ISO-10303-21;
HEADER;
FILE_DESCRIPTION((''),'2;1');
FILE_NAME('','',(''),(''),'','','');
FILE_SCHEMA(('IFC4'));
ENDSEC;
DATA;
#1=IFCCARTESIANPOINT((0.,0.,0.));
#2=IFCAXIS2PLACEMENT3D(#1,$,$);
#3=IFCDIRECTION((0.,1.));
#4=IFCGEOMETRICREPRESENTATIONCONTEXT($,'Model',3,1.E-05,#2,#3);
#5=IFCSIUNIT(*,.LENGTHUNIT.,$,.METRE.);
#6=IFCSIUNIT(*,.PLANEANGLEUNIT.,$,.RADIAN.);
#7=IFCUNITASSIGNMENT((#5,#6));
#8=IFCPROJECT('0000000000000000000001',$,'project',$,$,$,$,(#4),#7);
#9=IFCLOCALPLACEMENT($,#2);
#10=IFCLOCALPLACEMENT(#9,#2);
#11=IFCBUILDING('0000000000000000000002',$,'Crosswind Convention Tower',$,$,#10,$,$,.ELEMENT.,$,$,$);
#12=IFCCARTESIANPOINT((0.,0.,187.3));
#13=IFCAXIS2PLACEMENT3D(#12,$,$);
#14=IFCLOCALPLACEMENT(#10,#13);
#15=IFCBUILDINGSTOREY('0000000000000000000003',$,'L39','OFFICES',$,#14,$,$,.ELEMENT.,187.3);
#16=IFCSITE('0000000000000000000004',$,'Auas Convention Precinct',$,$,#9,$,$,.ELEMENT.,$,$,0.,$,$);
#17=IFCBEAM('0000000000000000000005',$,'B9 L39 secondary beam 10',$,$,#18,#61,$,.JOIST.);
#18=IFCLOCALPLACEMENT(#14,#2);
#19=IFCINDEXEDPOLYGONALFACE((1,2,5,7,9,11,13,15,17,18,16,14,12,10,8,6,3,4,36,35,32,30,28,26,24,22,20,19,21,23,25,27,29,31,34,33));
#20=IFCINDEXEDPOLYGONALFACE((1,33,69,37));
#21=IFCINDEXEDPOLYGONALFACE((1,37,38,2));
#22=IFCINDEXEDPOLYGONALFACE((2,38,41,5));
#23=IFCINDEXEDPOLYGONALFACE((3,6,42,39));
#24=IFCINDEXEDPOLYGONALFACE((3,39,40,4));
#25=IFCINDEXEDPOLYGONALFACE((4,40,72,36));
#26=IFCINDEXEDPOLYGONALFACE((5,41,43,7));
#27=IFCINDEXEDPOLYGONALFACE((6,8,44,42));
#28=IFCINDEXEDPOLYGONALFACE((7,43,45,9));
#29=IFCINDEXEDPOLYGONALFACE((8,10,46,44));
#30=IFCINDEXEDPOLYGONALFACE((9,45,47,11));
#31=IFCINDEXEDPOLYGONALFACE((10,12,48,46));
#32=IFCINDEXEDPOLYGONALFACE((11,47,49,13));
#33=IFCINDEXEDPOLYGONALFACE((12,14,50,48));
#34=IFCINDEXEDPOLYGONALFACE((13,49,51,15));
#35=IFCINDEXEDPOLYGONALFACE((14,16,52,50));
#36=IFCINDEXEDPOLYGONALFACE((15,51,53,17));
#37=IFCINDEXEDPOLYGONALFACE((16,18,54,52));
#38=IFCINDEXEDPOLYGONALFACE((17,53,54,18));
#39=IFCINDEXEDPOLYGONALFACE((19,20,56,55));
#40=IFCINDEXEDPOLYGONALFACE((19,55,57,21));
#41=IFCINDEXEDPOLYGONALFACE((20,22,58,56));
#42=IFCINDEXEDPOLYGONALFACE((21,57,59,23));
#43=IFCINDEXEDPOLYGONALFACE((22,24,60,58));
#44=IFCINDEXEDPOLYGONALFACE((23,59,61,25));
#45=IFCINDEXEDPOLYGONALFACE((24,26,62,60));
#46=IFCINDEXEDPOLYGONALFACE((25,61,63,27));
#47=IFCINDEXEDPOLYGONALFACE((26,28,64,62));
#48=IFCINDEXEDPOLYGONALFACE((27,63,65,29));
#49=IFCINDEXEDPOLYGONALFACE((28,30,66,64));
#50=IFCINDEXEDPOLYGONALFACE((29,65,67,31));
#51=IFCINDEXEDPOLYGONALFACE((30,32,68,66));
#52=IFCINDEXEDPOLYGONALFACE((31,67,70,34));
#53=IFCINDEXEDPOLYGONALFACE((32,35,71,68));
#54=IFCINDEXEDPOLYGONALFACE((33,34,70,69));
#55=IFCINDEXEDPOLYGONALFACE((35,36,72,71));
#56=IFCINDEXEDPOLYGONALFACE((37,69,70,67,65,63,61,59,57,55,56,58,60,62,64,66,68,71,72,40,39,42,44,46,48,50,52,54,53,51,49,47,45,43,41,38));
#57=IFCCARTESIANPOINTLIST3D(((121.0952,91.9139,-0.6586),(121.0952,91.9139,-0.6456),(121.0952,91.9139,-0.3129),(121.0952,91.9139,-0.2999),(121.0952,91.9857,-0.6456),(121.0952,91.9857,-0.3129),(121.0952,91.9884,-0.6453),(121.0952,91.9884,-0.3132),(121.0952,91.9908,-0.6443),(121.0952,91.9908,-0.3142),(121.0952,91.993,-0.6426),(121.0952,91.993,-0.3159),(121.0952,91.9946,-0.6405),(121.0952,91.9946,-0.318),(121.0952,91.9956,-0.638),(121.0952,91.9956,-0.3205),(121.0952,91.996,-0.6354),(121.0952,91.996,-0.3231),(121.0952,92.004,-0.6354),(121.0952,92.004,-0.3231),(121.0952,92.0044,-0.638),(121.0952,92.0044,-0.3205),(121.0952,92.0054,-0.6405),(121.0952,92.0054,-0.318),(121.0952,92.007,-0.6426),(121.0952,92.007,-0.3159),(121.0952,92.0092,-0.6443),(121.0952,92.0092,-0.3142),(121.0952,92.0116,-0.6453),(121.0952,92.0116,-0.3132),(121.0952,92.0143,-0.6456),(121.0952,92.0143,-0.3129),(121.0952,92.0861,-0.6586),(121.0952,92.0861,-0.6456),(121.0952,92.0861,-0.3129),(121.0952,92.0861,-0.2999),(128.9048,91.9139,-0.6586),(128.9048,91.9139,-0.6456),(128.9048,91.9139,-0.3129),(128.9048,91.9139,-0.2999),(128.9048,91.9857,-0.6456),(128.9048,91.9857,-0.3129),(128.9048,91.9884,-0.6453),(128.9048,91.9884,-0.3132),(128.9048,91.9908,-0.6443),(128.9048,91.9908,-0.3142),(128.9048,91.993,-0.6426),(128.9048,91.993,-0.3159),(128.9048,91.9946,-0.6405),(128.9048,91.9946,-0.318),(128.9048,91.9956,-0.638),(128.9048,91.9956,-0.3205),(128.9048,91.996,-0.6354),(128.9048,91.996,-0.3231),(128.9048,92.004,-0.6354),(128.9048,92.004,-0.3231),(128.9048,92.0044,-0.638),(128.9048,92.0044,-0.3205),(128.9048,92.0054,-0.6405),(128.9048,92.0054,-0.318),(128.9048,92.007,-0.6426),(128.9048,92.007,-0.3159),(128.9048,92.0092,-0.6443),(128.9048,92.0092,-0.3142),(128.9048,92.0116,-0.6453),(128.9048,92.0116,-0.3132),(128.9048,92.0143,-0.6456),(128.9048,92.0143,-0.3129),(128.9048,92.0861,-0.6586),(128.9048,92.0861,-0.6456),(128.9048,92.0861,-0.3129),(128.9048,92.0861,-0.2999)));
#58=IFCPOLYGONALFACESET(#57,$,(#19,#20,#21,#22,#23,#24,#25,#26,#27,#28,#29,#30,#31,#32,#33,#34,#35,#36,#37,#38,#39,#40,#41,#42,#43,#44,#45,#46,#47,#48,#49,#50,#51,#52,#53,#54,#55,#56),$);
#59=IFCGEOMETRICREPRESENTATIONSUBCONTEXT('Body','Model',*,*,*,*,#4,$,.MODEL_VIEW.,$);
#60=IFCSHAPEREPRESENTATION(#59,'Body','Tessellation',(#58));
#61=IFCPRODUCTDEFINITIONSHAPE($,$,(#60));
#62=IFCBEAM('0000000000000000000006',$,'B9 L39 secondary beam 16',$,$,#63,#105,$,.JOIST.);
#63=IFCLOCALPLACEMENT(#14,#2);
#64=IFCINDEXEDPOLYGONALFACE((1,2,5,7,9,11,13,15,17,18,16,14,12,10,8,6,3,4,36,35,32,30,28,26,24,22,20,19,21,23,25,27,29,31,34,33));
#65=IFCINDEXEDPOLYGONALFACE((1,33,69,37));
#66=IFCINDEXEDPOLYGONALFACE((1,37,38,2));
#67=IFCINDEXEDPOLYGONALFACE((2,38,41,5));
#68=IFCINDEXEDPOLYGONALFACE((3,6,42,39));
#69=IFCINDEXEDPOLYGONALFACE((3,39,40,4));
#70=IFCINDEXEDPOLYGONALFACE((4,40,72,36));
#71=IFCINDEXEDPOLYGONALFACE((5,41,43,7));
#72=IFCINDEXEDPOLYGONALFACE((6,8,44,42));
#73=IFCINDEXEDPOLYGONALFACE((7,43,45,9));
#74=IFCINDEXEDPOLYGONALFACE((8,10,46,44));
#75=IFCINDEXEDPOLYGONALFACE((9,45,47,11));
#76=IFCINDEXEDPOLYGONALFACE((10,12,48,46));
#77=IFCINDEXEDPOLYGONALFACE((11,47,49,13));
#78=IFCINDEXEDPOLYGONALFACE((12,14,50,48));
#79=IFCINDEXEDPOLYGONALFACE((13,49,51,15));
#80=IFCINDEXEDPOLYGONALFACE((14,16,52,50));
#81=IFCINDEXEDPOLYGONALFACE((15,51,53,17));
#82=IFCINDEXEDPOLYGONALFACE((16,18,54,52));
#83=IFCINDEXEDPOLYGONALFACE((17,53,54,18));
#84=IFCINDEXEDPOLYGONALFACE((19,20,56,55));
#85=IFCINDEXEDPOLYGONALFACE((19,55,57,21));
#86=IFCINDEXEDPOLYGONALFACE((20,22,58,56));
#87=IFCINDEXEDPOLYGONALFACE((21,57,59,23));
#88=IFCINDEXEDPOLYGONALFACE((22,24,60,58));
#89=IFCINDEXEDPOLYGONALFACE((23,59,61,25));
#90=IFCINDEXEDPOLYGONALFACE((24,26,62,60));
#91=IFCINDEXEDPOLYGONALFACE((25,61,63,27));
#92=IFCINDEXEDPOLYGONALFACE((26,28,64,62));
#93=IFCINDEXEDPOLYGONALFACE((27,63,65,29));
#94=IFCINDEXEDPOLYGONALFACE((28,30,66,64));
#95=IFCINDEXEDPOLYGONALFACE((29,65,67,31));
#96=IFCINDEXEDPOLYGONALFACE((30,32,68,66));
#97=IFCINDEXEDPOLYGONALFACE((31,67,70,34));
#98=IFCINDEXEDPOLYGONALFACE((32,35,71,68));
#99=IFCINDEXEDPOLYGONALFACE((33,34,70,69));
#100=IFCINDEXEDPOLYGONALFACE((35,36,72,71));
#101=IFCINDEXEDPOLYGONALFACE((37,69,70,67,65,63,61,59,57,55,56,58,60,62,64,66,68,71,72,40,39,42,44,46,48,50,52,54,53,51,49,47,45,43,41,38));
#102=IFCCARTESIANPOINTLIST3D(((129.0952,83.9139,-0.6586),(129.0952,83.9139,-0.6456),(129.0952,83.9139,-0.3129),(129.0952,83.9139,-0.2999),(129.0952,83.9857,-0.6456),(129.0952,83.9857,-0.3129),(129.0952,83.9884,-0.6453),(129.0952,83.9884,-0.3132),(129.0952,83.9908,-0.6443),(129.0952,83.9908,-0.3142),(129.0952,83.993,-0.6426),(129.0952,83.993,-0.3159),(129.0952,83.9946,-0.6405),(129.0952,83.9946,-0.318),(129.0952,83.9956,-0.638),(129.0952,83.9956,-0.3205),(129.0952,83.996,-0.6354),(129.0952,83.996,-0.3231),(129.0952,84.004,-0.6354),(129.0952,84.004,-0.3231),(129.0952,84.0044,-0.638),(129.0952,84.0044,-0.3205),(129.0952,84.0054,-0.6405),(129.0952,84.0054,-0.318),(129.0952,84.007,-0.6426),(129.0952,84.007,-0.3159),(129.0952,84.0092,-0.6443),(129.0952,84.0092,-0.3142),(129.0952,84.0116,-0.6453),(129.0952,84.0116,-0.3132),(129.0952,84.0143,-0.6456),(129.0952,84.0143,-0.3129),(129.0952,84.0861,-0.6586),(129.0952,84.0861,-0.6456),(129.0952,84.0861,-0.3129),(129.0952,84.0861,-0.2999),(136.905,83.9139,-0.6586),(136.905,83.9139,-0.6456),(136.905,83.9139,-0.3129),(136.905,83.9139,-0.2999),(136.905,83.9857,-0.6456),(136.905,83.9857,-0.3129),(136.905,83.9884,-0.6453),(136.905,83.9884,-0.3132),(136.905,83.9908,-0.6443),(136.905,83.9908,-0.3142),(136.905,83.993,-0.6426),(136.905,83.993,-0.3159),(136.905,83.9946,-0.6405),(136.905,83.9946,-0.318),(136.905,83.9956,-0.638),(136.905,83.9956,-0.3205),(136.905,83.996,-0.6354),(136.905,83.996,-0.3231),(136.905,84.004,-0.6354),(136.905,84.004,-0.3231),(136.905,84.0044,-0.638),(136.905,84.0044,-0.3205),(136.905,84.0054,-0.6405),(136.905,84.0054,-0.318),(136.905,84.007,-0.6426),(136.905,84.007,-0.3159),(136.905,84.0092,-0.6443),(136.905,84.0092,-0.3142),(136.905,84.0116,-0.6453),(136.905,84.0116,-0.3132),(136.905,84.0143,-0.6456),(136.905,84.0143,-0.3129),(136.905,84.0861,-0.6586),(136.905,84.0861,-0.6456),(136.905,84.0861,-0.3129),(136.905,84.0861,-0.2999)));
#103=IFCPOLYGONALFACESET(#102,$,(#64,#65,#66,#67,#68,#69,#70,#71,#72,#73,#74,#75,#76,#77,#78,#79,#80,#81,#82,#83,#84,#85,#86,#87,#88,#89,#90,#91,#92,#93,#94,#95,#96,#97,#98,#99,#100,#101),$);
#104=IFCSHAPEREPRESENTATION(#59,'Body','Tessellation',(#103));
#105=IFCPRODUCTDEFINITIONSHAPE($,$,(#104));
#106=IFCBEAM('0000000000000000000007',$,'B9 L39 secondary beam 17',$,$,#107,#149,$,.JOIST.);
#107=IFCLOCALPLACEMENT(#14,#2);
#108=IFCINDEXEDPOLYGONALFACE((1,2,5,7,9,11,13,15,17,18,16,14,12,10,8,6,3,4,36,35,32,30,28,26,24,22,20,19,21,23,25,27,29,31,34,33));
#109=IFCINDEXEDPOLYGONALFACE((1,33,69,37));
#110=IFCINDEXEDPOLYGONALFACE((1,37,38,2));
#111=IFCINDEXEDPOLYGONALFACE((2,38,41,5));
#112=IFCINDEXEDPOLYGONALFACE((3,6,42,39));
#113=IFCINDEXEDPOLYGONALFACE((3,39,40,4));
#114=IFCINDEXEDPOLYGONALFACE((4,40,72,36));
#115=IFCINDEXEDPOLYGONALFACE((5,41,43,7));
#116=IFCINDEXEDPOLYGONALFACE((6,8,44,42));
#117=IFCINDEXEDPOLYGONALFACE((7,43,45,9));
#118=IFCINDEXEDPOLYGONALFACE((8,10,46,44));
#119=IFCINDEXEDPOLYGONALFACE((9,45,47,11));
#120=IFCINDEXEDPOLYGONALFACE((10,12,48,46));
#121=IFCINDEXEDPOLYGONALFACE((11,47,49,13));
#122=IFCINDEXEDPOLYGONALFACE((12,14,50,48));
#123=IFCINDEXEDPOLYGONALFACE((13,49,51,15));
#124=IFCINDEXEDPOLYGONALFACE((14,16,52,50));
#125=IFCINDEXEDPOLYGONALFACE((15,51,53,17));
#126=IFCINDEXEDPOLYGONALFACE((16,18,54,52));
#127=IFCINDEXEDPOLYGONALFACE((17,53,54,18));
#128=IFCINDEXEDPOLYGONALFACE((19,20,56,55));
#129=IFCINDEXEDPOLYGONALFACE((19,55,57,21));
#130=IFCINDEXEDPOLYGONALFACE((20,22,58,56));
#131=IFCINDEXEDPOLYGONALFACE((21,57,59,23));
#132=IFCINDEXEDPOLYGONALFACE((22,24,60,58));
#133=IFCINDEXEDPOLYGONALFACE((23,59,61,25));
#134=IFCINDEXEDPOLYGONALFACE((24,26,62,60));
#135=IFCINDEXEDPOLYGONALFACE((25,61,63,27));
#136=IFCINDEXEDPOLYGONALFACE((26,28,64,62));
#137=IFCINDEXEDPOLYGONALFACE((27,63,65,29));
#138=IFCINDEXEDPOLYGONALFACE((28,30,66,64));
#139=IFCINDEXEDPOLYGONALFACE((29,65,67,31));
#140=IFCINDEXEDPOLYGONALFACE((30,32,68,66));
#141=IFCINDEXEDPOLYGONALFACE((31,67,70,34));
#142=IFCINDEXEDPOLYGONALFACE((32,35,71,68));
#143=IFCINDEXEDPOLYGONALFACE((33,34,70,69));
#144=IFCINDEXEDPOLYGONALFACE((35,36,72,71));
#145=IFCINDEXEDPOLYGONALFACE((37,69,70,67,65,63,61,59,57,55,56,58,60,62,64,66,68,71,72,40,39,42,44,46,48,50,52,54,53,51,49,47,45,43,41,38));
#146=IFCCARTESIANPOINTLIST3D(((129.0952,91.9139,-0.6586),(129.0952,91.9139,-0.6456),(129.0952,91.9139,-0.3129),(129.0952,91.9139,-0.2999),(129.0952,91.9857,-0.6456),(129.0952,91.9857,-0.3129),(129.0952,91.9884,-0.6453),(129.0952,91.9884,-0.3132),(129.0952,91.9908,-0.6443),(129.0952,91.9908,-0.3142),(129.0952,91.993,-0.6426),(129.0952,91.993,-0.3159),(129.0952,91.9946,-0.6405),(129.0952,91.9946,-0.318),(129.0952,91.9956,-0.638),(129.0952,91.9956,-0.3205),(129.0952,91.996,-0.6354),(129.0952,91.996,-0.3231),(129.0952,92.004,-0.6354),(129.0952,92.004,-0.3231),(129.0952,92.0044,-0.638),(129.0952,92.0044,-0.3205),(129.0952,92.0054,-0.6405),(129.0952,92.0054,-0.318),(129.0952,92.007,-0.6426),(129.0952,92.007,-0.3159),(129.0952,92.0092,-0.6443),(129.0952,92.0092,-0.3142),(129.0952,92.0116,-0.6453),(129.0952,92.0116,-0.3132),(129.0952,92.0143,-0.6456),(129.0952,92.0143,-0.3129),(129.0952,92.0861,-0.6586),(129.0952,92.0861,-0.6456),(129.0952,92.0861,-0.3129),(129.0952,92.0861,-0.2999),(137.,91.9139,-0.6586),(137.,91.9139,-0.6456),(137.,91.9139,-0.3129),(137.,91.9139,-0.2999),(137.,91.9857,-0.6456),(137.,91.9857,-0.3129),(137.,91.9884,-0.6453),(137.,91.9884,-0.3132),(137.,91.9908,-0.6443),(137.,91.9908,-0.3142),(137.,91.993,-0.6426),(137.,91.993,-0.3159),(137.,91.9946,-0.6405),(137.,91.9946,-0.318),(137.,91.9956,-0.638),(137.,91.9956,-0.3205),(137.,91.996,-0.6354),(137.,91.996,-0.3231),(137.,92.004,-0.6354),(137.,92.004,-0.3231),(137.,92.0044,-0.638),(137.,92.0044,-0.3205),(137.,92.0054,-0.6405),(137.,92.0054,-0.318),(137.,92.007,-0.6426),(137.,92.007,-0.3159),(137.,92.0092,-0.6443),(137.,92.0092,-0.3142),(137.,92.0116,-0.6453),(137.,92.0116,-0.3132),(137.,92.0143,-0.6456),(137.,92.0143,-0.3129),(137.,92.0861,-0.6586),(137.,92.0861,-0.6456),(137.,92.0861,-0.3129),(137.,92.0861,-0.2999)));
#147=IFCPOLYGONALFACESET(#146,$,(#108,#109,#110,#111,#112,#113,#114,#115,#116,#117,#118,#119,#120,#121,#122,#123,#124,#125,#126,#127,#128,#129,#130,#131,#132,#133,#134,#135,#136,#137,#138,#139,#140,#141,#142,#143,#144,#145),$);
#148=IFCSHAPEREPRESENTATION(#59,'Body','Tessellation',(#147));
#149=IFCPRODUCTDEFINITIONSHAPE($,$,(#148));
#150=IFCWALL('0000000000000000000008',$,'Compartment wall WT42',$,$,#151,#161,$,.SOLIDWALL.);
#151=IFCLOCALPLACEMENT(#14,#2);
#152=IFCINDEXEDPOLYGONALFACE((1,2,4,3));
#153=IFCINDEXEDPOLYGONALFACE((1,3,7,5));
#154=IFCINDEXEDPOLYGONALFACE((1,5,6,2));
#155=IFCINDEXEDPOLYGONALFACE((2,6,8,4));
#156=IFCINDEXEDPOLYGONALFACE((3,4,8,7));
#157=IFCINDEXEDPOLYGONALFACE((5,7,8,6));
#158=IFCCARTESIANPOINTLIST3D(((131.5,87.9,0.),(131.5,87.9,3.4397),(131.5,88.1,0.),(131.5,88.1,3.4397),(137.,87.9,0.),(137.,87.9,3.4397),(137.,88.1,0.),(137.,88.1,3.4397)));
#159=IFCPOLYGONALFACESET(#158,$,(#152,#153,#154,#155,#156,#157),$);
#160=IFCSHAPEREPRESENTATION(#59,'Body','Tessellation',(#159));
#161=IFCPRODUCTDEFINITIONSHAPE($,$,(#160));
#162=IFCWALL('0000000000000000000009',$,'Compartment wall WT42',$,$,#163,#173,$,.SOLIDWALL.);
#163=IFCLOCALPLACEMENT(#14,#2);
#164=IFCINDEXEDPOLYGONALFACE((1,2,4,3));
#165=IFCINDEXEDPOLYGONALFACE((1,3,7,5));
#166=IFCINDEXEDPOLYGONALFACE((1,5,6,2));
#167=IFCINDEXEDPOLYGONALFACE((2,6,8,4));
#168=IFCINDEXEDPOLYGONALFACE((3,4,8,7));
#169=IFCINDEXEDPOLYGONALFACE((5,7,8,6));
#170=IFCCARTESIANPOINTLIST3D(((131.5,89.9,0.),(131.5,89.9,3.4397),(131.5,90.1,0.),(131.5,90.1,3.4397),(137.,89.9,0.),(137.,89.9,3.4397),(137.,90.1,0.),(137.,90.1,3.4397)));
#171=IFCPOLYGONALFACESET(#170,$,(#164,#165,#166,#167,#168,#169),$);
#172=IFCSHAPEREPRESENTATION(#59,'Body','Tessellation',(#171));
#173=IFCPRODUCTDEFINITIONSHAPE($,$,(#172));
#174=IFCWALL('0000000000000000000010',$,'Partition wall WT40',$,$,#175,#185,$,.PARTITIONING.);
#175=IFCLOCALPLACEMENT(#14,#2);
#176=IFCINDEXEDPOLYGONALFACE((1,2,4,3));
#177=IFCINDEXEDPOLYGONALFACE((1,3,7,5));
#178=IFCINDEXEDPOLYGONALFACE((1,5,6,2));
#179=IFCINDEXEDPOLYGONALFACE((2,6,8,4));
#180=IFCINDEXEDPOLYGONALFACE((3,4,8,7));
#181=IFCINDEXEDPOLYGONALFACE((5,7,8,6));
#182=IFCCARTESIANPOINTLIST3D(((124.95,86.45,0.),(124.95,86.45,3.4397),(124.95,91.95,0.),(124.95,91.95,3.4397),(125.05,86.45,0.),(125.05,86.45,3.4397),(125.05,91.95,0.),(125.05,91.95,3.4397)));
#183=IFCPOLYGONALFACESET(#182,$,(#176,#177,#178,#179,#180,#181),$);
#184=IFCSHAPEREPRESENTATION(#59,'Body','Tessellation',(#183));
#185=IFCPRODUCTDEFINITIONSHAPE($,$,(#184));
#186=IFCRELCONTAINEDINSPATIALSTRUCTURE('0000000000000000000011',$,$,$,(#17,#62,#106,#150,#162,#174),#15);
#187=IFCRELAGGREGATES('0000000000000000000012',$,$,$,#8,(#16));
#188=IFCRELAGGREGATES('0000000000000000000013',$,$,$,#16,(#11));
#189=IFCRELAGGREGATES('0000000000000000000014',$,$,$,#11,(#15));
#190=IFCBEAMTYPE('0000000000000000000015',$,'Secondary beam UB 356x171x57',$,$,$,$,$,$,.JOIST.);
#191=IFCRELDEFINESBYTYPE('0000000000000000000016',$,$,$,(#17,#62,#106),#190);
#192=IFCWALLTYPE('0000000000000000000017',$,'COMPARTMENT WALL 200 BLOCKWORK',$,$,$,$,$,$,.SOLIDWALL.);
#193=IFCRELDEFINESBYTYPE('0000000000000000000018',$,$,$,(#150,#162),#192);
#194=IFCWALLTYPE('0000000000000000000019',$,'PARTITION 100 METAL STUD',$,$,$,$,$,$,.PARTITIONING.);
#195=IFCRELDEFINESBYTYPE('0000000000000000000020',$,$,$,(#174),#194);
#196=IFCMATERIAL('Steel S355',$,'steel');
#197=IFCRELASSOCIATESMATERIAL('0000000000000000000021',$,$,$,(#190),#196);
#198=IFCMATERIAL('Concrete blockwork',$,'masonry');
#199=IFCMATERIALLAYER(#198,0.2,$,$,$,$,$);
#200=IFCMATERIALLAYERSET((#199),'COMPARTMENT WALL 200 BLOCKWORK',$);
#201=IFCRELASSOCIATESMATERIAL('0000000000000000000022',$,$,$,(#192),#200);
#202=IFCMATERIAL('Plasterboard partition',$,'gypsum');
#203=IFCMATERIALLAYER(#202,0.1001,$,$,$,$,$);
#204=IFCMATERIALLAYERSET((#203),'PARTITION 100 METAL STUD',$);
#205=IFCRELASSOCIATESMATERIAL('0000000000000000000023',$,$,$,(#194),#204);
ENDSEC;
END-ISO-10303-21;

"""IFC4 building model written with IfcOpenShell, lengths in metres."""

from ifc_helpers import new_model, si_unit, direction, frame, frame_2d, origin, origin_2d, place, context, subcontext, project, spatial, rectangle, i_section, extrude, material, layer, layer_set, material_profile, profile_set, type_object, element, save


model = new_model("IFC4")

# Units and contexts
model_context = context("Model", 3, precision=1e-05, world=origin(), true_north=direction((0.0, 1.0)))
body_context = subcontext(model_context, "Body", "Model", "MODEL_VIEW")
ifc_project = project(units=[si_unit("LENGTHUNIT", "METRE"), si_unit("PLANEANGLEUNIT", "RADIAN")], contexts=[model_context])

# Site, building, storey
site_placement = place(None, origin())
site = spatial("IfcSite", under=ifc_project, at=site_placement, Name="Auas Convention Precinct", CompositionType="ELEMENT", RefElevation=0.0)
building_placement = place(site_placement, origin())
building = spatial("IfcBuilding", under=site, at=building_placement, Name="Crosswind Convention Tower", CompositionType="ELEMENT")
storey_placement = place(building_placement, frame((0.0, 0.0, 187.3)))
storey = spatial("IfcBuildingStorey", under=building, at=storey_placement, Name="L39", Description="OFFICES", CompositionType="ELEMENT", Elevation=187.3)

# Beams
ifc_material_1 = material(Name="Steel S355", Category="steel")
ifc_material_profile_1 = material_profile(ifc_material_1, i_section(OverallWidth=0.1721, OverallDepth=0.3586, WebThickness=0.0081, FlangeThickness=0.0129, FilletRadius=0.0103, at=origin_2d()), Name="UB 356x171x57")
ifc_profile_set_1 = profile_set([ifc_material_profile_1], Name="Steel S355")
beam_type_1 = type_object("IfcBeamType", Name="Secondary beam UB 356x171x57", PredefinedType="JOIST", material=ifc_profile_set_1)
for number, where, z_axis, x_axis, name in (
    (1, (121.0952, 92.0, -0.4792), (1.0, 0.0, 0.0), (0.0, 1.0, 0.0), "B9 L39 secondary beam 10"),
):
    element("IfcBeam", number, at=place(storey_placement, frame(where, z_axis=z_axis, x_axis=x_axis)), inside=storey, type_object=beam_type_1, Name=name, PredefinedType="JOIST", context=body_context, shape_type="SweptSolid", body=[
        extrude(i_section(OverallWidth=0.1721, OverallDepth=0.3586, WebThickness=0.0081, FlangeThickness=0.0129, FilletRadius=0.0103, at=origin_2d()), origin(), (0.0, 0.0, 1.0), 7.8096),
    ])
beam_1_placement = place(storey_placement, frame((129.0952, 84.0, -0.4792), z_axis=(1.0, 0.0, 0.0), x_axis=(0.0, 1.0, 0.0)))
element("IfcBeam", 2, at=beam_1_placement, inside=storey, type_object=beam_type_1, Name="B9 L39 secondary beam 16", PredefinedType="JOIST", context=body_context, shape_type="SweptSolid", body=[
    extrude(i_section(OverallWidth=0.1721, OverallDepth=0.3586, WebThickness=0.0081, FlangeThickness=0.0129, FilletRadius=0.0103, at=origin_2d()), origin(), (0.0, 0.0, 1.0), 7.8098),
])
beam_2_placement = place(storey_placement, frame((129.0952, 92.0, -0.4792), z_axis=(1.0, 0.0, 0.0), x_axis=(0.0, 1.0, 0.0)))
element("IfcBeam", 3, at=beam_2_placement, inside=storey, type_object=beam_type_1, Name="B9 L39 secondary beam 17", PredefinedType="JOIST", context=body_context, shape_type="SweptSolid", body=[
    extrude(i_section(OverallWidth=0.1721, OverallDepth=0.3586, WebThickness=0.0081, FlangeThickness=0.0129, FilletRadius=0.0103, at=origin_2d()), origin(), (0.0, 0.0, 1.0), 7.9048),
])

# Walls
ifc_material_2 = material(Name="Concrete blockwork", Category="masonry")
ifc_layer_1 = layer(ifc_material_2, 0.2)
ifc_layer_set_1 = layer_set([ifc_layer_1], Name="COMPARTMENT WALL 200 BLOCKWORK")
wall_type_1 = type_object("IfcWallType", Name="COMPARTMENT WALL 200 BLOCKWORK", PredefinedType="SOLIDWALL", material=ifc_layer_set_1)
for number, where, z_axis, x_axis, name in (
    (4, (131.5, 88.0, 0.0), (0.0, 0.0, 1.0), (1.0, 0.0, 0.0), "Compartment wall WT42"),
    (5, (131.5, 90.0, 0.0), (0.0, 0.0, 1.0), (1.0, 0.0, 0.0), "Compartment wall WT42"),
):
    element("IfcWall", number, at=place(storey_placement, frame(where, z_axis=z_axis, x_axis=x_axis)), inside=storey, type_object=wall_type_1, Name=name, PredefinedType="SOLIDWALL", context=body_context, shape_type="SweptSolid", body=[
        extrude(rectangle(XDim=5.5, YDim=0.2, at=frame_2d((2.75, 0.0))), origin(), (0.0, 0.0, 1.0), 3.4397),
    ])
ifc_material_3 = material(Name="Plasterboard partition", Category="gypsum")
ifc_layer_2 = layer(ifc_material_3, 0.1001)
ifc_layer_set_2 = layer_set([ifc_layer_2], Name="PARTITION 100 METAL STUD")
wall_type_2 = type_object("IfcWallType", Name="PARTITION 100 METAL STUD", PredefinedType="PARTITIONING", material=ifc_layer_set_2)
wall_1_placement = place(storey_placement, frame((125.0, 86.45, 0.0), z_axis=(0.0, 0.0, 1.0), x_axis=(0.0, 1.0, 0.0)))
element("IfcWall", 6, at=wall_1_placement, inside=storey, type_object=wall_type_2, Name="Partition wall WT40", PredefinedType="PARTITIONING", context=body_context, shape_type="SweptSolid", body=[
    extrude(rectangle(XDim=5.5, YDim=0.1001, at=frame_2d((2.75, 0.0))), origin(), (0.0, 0.0, 1.0), 3.4397),
])

save(model, "model.ifc")
